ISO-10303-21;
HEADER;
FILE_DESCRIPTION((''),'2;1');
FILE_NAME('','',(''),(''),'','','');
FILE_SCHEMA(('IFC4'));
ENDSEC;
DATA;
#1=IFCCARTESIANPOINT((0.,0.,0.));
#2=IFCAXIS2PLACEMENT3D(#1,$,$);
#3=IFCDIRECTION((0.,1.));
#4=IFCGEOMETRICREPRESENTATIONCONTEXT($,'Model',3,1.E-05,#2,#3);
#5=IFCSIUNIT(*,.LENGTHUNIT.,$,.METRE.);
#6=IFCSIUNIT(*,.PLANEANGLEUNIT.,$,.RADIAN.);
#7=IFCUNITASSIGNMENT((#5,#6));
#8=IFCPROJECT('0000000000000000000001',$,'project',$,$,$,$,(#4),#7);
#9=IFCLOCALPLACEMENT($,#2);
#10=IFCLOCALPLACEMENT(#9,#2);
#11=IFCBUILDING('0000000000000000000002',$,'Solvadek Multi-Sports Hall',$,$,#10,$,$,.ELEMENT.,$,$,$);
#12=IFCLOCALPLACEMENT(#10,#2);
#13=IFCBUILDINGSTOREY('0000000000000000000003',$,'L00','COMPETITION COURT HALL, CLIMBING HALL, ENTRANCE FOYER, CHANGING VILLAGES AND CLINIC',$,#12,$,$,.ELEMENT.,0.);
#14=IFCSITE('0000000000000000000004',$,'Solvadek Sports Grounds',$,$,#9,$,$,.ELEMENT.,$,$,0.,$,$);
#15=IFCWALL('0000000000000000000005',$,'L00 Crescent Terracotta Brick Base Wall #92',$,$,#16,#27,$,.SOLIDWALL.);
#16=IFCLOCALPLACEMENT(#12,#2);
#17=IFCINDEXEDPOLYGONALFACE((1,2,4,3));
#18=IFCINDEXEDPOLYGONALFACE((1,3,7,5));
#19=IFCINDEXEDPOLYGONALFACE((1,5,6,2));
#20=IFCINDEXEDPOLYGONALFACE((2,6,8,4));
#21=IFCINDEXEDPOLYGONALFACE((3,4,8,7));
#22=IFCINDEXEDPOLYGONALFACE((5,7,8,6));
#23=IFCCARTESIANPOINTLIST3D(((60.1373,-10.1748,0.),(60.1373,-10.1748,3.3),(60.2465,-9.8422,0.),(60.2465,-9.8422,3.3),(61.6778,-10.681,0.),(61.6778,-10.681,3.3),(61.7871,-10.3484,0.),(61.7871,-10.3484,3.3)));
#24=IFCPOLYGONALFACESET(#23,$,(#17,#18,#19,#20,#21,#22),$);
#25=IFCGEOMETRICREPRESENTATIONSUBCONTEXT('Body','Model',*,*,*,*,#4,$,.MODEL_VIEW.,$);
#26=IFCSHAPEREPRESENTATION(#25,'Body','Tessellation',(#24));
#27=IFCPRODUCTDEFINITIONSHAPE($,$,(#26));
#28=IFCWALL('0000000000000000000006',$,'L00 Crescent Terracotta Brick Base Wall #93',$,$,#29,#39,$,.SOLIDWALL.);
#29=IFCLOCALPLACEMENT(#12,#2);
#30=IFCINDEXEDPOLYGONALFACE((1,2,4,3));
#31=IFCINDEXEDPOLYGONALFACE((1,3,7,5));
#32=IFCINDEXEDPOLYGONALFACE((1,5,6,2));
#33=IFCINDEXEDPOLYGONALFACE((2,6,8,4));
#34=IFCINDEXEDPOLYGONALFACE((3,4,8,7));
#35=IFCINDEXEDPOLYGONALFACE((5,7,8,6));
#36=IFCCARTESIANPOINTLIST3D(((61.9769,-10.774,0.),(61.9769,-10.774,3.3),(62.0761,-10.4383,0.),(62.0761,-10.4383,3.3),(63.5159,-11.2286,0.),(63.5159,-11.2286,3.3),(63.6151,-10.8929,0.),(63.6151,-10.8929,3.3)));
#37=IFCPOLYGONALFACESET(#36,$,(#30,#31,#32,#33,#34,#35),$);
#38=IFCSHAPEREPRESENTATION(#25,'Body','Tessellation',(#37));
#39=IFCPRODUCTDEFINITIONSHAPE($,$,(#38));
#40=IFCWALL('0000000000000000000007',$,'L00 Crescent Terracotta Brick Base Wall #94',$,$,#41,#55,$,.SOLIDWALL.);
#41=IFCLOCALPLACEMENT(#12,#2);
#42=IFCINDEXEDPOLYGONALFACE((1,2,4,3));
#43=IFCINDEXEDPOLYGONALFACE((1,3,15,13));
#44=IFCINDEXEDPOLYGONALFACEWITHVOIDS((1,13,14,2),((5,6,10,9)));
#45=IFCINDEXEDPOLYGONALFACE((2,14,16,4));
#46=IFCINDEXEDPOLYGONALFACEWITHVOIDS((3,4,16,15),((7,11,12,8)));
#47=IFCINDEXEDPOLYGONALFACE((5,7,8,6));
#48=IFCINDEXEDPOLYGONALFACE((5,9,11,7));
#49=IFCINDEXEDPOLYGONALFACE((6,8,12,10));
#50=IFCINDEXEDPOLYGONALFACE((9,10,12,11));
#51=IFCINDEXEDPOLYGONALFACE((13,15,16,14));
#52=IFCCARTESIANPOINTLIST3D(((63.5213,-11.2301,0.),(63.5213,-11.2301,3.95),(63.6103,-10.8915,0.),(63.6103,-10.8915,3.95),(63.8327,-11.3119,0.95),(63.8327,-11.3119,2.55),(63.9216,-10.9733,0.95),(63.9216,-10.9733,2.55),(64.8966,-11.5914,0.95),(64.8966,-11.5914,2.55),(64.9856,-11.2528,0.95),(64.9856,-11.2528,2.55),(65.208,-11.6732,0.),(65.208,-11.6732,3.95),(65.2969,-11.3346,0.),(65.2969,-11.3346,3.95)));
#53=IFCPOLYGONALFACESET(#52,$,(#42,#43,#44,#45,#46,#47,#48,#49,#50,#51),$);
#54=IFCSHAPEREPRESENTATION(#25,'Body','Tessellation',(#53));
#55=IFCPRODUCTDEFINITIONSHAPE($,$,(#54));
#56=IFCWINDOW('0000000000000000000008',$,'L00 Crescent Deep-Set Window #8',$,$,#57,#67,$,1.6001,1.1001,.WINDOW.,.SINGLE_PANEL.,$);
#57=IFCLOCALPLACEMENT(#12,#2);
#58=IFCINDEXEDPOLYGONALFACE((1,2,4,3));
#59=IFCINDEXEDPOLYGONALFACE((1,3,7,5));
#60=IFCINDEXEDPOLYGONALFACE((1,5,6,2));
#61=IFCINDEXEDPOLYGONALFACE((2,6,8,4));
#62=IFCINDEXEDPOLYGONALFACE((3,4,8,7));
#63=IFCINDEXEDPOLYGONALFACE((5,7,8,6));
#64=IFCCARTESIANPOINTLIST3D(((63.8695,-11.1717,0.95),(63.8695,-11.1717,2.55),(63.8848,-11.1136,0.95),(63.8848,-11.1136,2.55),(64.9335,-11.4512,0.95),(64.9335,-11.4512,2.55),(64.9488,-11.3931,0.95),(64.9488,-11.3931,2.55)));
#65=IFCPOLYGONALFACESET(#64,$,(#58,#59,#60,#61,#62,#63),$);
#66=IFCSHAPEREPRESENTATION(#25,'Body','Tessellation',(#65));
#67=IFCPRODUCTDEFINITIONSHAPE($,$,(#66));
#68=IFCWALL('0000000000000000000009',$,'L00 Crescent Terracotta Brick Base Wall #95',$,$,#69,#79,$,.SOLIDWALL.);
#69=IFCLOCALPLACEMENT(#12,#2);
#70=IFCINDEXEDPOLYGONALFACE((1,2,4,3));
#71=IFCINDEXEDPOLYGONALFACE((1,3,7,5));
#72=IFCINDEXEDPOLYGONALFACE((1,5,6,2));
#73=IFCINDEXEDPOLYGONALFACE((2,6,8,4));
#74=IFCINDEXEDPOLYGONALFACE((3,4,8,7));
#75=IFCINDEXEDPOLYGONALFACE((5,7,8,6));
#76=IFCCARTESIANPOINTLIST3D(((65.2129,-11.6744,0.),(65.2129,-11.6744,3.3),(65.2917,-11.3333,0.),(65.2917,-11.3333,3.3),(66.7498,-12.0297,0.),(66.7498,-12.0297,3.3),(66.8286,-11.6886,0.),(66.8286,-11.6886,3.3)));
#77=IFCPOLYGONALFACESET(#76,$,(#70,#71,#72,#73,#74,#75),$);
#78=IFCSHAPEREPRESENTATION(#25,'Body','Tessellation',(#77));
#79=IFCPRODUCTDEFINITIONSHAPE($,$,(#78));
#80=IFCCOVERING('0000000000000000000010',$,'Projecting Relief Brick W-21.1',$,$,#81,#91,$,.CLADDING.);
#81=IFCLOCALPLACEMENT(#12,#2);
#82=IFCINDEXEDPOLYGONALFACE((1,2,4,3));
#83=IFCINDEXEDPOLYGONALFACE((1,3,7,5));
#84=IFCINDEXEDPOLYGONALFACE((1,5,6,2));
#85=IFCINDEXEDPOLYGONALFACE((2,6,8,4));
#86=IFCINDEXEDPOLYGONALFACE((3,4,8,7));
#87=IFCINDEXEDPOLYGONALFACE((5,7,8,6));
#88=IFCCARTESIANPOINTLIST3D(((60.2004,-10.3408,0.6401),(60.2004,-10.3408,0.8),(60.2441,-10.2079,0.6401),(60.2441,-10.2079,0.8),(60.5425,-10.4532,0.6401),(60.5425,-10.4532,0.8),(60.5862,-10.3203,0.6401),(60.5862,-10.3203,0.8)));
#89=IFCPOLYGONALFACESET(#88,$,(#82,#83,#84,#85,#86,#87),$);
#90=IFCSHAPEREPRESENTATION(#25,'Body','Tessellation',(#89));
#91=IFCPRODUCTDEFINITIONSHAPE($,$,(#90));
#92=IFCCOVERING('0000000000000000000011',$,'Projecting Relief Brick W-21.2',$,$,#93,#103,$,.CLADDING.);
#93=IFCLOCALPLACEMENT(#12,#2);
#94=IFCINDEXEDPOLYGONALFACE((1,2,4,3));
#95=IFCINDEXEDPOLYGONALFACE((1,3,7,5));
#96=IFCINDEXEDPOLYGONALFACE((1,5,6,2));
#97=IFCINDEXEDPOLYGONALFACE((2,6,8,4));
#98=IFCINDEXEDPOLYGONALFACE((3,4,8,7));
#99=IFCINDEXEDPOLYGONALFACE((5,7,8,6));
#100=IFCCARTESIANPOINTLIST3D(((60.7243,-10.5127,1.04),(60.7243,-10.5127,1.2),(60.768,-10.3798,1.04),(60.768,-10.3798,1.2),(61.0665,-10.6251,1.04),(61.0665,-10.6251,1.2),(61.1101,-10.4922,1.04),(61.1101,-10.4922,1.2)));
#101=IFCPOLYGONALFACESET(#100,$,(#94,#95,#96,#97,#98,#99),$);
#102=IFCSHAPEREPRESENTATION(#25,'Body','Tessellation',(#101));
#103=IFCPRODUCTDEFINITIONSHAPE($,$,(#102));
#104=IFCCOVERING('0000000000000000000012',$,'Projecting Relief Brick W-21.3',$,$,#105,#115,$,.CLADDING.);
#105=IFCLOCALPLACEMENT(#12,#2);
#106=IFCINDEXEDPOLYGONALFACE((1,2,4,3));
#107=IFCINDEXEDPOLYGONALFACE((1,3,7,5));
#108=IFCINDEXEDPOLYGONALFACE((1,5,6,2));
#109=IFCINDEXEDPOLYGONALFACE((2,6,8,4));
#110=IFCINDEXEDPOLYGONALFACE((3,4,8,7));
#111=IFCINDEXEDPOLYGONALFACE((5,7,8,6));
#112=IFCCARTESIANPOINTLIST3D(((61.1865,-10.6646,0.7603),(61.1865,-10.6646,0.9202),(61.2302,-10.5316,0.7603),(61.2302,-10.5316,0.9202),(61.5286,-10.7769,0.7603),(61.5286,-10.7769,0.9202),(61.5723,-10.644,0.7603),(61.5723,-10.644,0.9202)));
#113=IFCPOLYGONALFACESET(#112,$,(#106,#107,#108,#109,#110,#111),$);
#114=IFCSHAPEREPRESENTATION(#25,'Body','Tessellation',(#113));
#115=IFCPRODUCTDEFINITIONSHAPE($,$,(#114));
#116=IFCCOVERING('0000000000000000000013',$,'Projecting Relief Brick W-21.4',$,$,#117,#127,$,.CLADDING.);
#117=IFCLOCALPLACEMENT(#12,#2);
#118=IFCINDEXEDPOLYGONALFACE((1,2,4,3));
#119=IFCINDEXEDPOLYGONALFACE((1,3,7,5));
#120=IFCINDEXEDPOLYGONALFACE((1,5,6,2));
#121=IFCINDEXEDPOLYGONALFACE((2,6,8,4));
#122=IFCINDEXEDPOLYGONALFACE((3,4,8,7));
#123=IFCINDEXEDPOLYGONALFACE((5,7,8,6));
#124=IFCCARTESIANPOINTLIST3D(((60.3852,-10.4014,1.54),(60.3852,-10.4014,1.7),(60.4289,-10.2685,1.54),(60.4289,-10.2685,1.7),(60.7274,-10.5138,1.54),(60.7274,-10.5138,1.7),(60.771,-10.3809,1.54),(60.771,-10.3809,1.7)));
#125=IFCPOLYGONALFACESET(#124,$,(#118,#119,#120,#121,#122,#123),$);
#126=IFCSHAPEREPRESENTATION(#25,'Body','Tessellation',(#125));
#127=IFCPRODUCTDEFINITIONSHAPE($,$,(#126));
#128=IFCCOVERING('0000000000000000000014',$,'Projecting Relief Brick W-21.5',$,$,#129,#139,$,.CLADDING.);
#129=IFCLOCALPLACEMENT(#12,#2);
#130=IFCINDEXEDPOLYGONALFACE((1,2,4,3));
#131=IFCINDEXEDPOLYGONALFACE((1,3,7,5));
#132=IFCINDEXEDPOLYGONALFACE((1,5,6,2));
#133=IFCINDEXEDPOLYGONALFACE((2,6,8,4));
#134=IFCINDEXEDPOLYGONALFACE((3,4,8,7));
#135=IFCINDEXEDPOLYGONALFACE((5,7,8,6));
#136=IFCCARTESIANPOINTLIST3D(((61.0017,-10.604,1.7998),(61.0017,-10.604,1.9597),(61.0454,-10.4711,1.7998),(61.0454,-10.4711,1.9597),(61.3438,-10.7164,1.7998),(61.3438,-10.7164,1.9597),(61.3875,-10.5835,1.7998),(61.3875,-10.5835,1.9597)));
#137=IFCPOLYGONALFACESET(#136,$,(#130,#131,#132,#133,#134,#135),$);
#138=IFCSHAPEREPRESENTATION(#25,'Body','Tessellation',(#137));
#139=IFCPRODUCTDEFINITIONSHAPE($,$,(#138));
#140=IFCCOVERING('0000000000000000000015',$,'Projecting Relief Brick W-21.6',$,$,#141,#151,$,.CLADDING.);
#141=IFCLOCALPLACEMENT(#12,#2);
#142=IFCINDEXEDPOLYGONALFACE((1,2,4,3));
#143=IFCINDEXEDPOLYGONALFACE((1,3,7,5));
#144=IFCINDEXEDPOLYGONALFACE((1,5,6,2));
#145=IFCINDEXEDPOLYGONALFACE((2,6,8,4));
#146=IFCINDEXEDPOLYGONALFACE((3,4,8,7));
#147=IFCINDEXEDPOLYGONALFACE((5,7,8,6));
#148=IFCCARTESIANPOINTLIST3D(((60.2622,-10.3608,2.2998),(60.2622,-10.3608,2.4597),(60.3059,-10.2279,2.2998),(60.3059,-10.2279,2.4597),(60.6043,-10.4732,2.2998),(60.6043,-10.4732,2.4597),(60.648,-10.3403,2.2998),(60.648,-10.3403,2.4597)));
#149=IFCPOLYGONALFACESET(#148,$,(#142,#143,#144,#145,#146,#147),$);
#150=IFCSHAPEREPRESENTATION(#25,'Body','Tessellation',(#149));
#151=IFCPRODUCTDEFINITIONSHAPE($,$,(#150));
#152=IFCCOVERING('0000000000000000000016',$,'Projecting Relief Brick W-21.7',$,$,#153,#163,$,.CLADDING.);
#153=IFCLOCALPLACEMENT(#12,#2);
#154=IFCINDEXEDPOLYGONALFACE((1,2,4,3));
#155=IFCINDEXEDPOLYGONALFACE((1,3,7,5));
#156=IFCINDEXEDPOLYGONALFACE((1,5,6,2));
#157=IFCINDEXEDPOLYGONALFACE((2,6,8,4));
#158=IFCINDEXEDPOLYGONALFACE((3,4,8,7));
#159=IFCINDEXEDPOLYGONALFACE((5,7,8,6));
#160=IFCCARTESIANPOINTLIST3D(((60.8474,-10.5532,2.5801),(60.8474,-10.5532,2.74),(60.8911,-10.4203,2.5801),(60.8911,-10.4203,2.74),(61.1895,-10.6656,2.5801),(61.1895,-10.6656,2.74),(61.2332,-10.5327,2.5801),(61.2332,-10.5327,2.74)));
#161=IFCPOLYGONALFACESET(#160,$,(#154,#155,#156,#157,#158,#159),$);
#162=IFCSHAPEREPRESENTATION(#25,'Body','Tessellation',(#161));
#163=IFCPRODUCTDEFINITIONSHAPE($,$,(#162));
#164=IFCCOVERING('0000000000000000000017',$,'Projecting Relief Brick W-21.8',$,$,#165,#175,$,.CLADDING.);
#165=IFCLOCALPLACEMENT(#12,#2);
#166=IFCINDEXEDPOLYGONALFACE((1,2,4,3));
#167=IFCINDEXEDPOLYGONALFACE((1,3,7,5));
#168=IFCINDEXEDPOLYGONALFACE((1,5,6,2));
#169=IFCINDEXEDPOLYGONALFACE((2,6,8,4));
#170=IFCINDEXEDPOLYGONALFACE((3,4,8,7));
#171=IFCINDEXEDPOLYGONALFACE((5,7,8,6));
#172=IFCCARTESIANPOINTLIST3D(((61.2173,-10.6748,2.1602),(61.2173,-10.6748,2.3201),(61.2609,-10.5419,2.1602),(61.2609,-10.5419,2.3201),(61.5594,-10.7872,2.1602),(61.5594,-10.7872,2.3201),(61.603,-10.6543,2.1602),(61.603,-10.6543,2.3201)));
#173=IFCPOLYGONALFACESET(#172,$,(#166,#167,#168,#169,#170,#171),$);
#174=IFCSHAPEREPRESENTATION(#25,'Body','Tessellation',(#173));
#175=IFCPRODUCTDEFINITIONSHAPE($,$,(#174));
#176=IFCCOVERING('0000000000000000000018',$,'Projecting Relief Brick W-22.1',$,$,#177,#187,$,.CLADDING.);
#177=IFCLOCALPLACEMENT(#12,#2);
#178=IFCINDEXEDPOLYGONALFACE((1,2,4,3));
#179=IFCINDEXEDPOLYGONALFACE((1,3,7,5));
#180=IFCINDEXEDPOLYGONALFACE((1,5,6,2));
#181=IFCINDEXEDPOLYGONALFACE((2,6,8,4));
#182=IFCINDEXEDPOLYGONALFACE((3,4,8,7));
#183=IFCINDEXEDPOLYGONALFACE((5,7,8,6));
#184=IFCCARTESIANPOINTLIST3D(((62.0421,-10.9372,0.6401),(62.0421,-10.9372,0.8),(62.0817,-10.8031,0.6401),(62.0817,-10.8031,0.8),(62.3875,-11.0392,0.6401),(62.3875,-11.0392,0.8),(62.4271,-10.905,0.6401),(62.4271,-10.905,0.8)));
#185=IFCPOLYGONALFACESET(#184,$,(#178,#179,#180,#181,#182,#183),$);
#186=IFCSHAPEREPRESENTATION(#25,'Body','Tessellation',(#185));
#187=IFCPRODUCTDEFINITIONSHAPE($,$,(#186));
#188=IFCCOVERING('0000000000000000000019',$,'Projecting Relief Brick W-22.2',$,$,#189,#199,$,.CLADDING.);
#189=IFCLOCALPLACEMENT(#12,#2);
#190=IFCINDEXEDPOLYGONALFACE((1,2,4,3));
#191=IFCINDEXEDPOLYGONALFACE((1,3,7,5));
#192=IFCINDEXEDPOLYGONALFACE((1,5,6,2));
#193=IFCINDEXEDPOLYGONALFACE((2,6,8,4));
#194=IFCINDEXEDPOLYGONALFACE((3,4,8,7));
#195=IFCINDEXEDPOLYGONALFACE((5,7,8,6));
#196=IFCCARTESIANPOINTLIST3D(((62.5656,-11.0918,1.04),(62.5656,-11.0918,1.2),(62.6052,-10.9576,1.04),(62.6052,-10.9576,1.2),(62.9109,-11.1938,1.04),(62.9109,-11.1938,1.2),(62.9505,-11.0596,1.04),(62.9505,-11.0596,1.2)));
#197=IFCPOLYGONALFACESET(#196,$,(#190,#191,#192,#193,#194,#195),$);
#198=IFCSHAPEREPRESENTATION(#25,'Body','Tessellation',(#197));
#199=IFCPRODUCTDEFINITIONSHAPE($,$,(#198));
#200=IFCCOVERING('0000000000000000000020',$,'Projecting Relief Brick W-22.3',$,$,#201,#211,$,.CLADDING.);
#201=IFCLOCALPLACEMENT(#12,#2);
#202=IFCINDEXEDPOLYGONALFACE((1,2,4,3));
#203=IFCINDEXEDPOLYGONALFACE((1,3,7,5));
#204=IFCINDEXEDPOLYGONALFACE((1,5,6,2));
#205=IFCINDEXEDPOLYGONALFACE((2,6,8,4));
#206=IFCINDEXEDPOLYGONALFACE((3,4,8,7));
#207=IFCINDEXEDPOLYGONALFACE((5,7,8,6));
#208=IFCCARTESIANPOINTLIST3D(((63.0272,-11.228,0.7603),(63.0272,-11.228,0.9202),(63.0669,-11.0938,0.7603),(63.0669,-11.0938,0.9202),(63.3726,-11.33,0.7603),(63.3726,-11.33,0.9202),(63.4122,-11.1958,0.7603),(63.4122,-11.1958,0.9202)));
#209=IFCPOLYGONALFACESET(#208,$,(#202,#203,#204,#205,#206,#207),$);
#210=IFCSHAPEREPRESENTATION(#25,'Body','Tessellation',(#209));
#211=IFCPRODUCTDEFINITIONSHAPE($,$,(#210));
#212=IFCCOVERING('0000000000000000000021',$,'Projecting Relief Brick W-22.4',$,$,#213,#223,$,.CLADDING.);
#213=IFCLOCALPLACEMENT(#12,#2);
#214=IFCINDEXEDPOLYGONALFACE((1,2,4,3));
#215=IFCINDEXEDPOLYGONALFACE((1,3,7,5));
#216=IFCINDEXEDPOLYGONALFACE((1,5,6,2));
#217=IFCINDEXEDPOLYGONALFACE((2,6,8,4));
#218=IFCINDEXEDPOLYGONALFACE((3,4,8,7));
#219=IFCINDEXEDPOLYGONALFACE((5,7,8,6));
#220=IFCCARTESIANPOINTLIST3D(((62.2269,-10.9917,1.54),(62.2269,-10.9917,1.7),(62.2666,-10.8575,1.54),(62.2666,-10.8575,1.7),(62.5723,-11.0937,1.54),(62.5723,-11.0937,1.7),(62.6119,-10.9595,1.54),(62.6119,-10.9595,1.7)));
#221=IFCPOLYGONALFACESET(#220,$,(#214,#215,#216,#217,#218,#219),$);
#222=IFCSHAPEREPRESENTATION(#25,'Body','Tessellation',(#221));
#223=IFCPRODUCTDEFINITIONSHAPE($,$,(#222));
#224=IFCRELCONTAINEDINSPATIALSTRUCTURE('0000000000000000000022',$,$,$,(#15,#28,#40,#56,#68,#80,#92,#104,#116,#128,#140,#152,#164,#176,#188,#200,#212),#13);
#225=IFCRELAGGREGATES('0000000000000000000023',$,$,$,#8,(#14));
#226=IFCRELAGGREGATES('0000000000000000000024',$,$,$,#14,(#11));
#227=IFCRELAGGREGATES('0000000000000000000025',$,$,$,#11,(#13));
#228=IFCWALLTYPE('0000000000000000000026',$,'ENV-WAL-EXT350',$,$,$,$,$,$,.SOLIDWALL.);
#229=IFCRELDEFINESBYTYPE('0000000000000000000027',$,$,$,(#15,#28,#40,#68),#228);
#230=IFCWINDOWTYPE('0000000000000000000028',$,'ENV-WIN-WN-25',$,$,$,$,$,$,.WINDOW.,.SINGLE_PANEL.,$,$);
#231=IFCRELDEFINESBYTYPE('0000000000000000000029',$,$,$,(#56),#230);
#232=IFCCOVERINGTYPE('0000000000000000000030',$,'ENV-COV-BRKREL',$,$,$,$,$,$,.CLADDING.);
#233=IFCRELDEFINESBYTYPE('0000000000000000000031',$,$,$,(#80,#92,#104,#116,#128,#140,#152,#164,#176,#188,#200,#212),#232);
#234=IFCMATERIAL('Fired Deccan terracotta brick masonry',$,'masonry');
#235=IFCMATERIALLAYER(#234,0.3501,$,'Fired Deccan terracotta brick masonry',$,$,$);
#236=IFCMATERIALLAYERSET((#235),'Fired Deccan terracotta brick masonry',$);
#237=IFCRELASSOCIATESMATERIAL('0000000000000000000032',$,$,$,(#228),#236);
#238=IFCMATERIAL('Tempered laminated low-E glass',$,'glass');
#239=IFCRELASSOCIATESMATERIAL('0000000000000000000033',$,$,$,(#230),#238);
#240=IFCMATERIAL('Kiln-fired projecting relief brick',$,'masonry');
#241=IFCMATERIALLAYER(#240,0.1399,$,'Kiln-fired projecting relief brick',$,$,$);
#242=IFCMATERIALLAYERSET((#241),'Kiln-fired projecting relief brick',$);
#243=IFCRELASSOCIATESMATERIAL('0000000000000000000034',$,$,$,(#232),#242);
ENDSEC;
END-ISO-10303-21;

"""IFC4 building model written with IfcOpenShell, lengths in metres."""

from ifc_helpers import new_model, si_unit, direction, frame, frame_2d, origin, origin_2d, place, context, subcontext, project, spatial, rectangle, extrude, material, layer, layer_set, type_object, element, fill, save


model = new_model("IFC4")

# Units and contexts
model_context = context("Model", 3, precision=1e-05, world=origin(), true_north=direction((0.0, 1.0)))
body_context = subcontext(model_context, "Body", "Model", "MODEL_VIEW")
ifc_project = project(units=[si_unit("LENGTHUNIT", "METRE"), si_unit("PLANEANGLEUNIT", "RADIAN")], contexts=[model_context])

# Site, building, storey
site_placement = place(None, origin())
site = spatial("IfcSite", under=ifc_project, at=site_placement, Name="Solvadek Sports Grounds", CompositionType="ELEMENT", RefElevation=0.0)
building_placement = place(site_placement, origin())
building = spatial("IfcBuilding", under=site, at=building_placement, Name="Solvadek Multi-Sports Hall", CompositionType="ELEMENT")
storey_placement = place(building_placement, origin())
storey = spatial("IfcBuildingStorey", under=building, at=storey_placement, Name="L00", Description="COMPETITION COURT HALL, CLIMBING HALL, ENTRANCE FOYER, CHANGING VILLAGES AND CLINIC", CompositionType="ELEMENT", Elevation=0.0)

# Walls
ifc_material_1 = material(Name="Fired Deccan terracotta brick masonry", Category="masonry")
ifc_layer_1 = layer(ifc_material_1, 0.3501, Name="Fired Deccan terracotta brick masonry")
ifc_layer_set_1 = layer_set([ifc_layer_1], Name="Fired Deccan terracotta brick masonry")
wall_type = type_object("IfcWallType", Name="ENV-WAL-EXT350", PredefinedType="SOLIDWALL", material=ifc_layer_set_1)
wall_1_placement = place(storey_placement, frame((60.1919, -10.0085, 0.0), z_axis=(0.0, 0.0, 1.0), x_axis=(0.950045, -0.312114, 0.0)))
element("IfcWall", 1, at=wall_1_placement, inside=storey, type_object=wall_type, Name="L00 Crescent Terracotta Brick Base Wall #92", PredefinedType="SOLIDWALL", context=body_context, shape_type="SweptSolid", body=[
    extrude(rectangle(XDim=1.6216, YDim=0.3501, at=frame_2d((0.8108, 0.0))), origin(), (0.0, 0.0, 1.0), 3.3),
])
wall_2_placement = place(storey_placement, frame((62.0266, -10.6062, 0.0), z_axis=(0.0, 0.0, 1.0), x_axis=(0.95904, -0.28327, 0.0)))
element("IfcWall", 2, at=wall_2_placement, inside=storey, type_object=wall_type, Name="L00 Crescent Terracotta Brick Base Wall #93", PredefinedType="SOLIDWALL", context=body_context, shape_type="SweptSolid", body=[
    extrude(rectangle(XDim=1.6047, YDim=0.3501, at=frame_2d((0.8022, 0.0))), origin(), (0.0, 0.0, 1.0), 3.3),
])

# Wall, opening, window
wall_3_placement = place(storey_placement, frame((63.5657, -11.0608, 0.0), z_axis=(0.0, 0.0, 1.0), x_axis=(0.967183, -0.25408, 0.0)))
wall_3 = element("IfcWall", 3, at=wall_3_placement, inside=storey, type_object=wall_type, Name="L00 Crescent Terracotta Brick Base Wall #94", PredefinedType="SOLIDWALL", context=body_context, shape_type="SweptSolid", body=[
    extrude(rectangle(XDim=1.7439, YDim=0.3501, at=frame_2d((0.8721, 0.0))), origin(), (0.0, 0.0, 1.0), 3.95),
])
opening_placement = place(wall_3_placement, frame((0.322, 0.0, 0.95)))
opening = element("IfcOpeningElement", 4, at=opening_placement, cuts=wall_3, PredefinedType="OPENING", context=body_context, shape_type="SweptSolid", body=[
    extrude(rectangle(XDim=1.1001, YDim=1.6001, at=frame_2d((0.55, 0.8))), frame((0.0, 0.1851, 0.0), z_axis=(0.0, -1.0, 0.0), x_axis=(1.0, 0.0, 0.0)), (0.0, 0.0, 1.0), 0.3701),
])
ifc_material_2 = material(Name="Tempered laminated low-E glass", Category="glass")
window_type = type_object("IfcWindowType", Name="ENV-WIN-WN-25", PartitioningType="SINGLE_PANEL", PredefinedType="WINDOW", material=ifc_material_2)
window_placement = place(opening_placement, origin())
window = element("IfcWindow", 5, at=window_placement, inside=storey, type_object=window_type, Name="L00 Crescent Deep-Set Window #8", OverallHeight=1.6001, OverallWidth=1.1001, PartitioningType="SINGLE_PANEL", PredefinedType="WINDOW", context=body_context, shape_type="SweptSolid", body=[
    extrude(rectangle(XDim=1.1001, YDim=1.6001, at=frame_2d((0.55, 0.8))), frame((0.0, 0.03, 0.0), z_axis=(0.0, -1.0, 0.0), x_axis=(1.0, 0.0, 0.0)), (0.0, 0.0, 1.0), 0.0601),
])
fill(opening, window)

# Wall
wall_4_placement = place(storey_placement, frame((65.2524, -11.5039, 0.0), z_axis=(0.0, 0.0, 1.0), x_axis=(0.974313, -0.225199, 0.0)))
element("IfcWall", 6, at=wall_4_placement, inside=storey, type_object=wall_type, Name="L00 Crescent Terracotta Brick Base Wall #95", PredefinedType="SOLIDWALL", context=body_context, shape_type="SweptSolid", body=[
    extrude(rectangle(XDim=1.5774, YDim=0.3501, at=frame_2d((0.7886, 0.0))), origin(), (0.0, 0.0, 1.0), 3.3),
])

# Coverings
ifc_material_3 = material(Name="Kiln-fired projecting relief brick", Category="masonry")
ifc_layer_2 = layer(ifc_material_3, 0.1399, Name="Kiln-fired projecting relief brick")
ifc_layer_set_2 = layer_set([ifc_layer_2], Name="Kiln-fired projecting relief brick")
covering_type = type_object("IfcCoveringType", Name="ENV-COV-BRKREL", PredefinedType="CLADDING", material=ifc_layer_set_2)
for number, where, z_axis, x_axis, name in (
    (7, (60.3933, -10.3306, 0.6401), (0.0, 0.0, 1.0), (0.950043, -0.312119, 0.0), "Projecting Relief Brick W-21.1"),
    (8, (60.9172, -10.5024, 1.04), (0.0, 0.0, 1.0), (0.950043, -0.312119, 0.0), "Projecting Relief Brick W-21.2"),
    (9, (61.3794, -10.6543, 0.7603), (0.0, 0.0, 1.0), (0.950043, -0.312119, 0.0), "Projecting Relief Brick W-21.3"),
    (10, (60.5781, -10.3911, 1.54), (0.0, 0.0, 1.0), (0.950043, -0.312119, 0.0), "Projecting Relief Brick W-21.4"),
    (11, (61.1946, -10.5938, 1.7998), (0.0, 0.0, 1.0), (0.950043, -0.312119, 0.0), "Projecting Relief Brick W-21.5"),
    (12, (60.4551, -10.3506, 2.2998), (0.0, 0.0, 1.0), (0.950043, -0.312119, 0.0), "Projecting Relief Brick W-21.6"),
    (13, (61.0403, -10.543, 2.5801), (0.0, 0.0, 1.0), (0.950043, -0.312119, 0.0), "Projecting Relief Brick W-21.7"),
    (14, (61.4102, -10.6646, 2.1602), (0.0, 0.0, 1.0), (0.950043, -0.312119, 0.0), "Projecting Relief Brick W-21.8"),
    (15, (62.2346, -10.9211, 0.6401), (0.0, 0.0, 1.0), (0.959064, -0.283188, 0.0), "Projecting Relief Brick W-22.1"),
    (16, (62.7581, -11.0757, 1.04), (0.0, 0.0, 1.0), (0.959064, -0.283188, 0.0), "Projecting Relief Brick W-22.2"),
    (17, (63.2197, -11.2119, 0.7603), (0.0, 0.0, 1.0), (0.959064, -0.283188, 0.0), "Projecting Relief Brick W-22.3"),
    (18, (62.4194, -10.9756, 1.54), (0.0, 0.0, 1.0), (0.959064, -0.283188, 0.0), "Projecting Relief Brick W-22.4"),
):
    element("IfcCovering", number, at=place(storey_placement, frame(where, z_axis=z_axis, x_axis=x_axis)), inside=storey, type_object=covering_type, Name=name, PredefinedType="CLADDING", context=body_context, shape_type="SweptSolid", body=[
        extrude(rectangle(XDim=0.3601, YDim=0.1399, at=origin_2d()), origin(), (0.0, 0.0, 1.0), 0.1599),
    ])

save(model, "model.ifc")
